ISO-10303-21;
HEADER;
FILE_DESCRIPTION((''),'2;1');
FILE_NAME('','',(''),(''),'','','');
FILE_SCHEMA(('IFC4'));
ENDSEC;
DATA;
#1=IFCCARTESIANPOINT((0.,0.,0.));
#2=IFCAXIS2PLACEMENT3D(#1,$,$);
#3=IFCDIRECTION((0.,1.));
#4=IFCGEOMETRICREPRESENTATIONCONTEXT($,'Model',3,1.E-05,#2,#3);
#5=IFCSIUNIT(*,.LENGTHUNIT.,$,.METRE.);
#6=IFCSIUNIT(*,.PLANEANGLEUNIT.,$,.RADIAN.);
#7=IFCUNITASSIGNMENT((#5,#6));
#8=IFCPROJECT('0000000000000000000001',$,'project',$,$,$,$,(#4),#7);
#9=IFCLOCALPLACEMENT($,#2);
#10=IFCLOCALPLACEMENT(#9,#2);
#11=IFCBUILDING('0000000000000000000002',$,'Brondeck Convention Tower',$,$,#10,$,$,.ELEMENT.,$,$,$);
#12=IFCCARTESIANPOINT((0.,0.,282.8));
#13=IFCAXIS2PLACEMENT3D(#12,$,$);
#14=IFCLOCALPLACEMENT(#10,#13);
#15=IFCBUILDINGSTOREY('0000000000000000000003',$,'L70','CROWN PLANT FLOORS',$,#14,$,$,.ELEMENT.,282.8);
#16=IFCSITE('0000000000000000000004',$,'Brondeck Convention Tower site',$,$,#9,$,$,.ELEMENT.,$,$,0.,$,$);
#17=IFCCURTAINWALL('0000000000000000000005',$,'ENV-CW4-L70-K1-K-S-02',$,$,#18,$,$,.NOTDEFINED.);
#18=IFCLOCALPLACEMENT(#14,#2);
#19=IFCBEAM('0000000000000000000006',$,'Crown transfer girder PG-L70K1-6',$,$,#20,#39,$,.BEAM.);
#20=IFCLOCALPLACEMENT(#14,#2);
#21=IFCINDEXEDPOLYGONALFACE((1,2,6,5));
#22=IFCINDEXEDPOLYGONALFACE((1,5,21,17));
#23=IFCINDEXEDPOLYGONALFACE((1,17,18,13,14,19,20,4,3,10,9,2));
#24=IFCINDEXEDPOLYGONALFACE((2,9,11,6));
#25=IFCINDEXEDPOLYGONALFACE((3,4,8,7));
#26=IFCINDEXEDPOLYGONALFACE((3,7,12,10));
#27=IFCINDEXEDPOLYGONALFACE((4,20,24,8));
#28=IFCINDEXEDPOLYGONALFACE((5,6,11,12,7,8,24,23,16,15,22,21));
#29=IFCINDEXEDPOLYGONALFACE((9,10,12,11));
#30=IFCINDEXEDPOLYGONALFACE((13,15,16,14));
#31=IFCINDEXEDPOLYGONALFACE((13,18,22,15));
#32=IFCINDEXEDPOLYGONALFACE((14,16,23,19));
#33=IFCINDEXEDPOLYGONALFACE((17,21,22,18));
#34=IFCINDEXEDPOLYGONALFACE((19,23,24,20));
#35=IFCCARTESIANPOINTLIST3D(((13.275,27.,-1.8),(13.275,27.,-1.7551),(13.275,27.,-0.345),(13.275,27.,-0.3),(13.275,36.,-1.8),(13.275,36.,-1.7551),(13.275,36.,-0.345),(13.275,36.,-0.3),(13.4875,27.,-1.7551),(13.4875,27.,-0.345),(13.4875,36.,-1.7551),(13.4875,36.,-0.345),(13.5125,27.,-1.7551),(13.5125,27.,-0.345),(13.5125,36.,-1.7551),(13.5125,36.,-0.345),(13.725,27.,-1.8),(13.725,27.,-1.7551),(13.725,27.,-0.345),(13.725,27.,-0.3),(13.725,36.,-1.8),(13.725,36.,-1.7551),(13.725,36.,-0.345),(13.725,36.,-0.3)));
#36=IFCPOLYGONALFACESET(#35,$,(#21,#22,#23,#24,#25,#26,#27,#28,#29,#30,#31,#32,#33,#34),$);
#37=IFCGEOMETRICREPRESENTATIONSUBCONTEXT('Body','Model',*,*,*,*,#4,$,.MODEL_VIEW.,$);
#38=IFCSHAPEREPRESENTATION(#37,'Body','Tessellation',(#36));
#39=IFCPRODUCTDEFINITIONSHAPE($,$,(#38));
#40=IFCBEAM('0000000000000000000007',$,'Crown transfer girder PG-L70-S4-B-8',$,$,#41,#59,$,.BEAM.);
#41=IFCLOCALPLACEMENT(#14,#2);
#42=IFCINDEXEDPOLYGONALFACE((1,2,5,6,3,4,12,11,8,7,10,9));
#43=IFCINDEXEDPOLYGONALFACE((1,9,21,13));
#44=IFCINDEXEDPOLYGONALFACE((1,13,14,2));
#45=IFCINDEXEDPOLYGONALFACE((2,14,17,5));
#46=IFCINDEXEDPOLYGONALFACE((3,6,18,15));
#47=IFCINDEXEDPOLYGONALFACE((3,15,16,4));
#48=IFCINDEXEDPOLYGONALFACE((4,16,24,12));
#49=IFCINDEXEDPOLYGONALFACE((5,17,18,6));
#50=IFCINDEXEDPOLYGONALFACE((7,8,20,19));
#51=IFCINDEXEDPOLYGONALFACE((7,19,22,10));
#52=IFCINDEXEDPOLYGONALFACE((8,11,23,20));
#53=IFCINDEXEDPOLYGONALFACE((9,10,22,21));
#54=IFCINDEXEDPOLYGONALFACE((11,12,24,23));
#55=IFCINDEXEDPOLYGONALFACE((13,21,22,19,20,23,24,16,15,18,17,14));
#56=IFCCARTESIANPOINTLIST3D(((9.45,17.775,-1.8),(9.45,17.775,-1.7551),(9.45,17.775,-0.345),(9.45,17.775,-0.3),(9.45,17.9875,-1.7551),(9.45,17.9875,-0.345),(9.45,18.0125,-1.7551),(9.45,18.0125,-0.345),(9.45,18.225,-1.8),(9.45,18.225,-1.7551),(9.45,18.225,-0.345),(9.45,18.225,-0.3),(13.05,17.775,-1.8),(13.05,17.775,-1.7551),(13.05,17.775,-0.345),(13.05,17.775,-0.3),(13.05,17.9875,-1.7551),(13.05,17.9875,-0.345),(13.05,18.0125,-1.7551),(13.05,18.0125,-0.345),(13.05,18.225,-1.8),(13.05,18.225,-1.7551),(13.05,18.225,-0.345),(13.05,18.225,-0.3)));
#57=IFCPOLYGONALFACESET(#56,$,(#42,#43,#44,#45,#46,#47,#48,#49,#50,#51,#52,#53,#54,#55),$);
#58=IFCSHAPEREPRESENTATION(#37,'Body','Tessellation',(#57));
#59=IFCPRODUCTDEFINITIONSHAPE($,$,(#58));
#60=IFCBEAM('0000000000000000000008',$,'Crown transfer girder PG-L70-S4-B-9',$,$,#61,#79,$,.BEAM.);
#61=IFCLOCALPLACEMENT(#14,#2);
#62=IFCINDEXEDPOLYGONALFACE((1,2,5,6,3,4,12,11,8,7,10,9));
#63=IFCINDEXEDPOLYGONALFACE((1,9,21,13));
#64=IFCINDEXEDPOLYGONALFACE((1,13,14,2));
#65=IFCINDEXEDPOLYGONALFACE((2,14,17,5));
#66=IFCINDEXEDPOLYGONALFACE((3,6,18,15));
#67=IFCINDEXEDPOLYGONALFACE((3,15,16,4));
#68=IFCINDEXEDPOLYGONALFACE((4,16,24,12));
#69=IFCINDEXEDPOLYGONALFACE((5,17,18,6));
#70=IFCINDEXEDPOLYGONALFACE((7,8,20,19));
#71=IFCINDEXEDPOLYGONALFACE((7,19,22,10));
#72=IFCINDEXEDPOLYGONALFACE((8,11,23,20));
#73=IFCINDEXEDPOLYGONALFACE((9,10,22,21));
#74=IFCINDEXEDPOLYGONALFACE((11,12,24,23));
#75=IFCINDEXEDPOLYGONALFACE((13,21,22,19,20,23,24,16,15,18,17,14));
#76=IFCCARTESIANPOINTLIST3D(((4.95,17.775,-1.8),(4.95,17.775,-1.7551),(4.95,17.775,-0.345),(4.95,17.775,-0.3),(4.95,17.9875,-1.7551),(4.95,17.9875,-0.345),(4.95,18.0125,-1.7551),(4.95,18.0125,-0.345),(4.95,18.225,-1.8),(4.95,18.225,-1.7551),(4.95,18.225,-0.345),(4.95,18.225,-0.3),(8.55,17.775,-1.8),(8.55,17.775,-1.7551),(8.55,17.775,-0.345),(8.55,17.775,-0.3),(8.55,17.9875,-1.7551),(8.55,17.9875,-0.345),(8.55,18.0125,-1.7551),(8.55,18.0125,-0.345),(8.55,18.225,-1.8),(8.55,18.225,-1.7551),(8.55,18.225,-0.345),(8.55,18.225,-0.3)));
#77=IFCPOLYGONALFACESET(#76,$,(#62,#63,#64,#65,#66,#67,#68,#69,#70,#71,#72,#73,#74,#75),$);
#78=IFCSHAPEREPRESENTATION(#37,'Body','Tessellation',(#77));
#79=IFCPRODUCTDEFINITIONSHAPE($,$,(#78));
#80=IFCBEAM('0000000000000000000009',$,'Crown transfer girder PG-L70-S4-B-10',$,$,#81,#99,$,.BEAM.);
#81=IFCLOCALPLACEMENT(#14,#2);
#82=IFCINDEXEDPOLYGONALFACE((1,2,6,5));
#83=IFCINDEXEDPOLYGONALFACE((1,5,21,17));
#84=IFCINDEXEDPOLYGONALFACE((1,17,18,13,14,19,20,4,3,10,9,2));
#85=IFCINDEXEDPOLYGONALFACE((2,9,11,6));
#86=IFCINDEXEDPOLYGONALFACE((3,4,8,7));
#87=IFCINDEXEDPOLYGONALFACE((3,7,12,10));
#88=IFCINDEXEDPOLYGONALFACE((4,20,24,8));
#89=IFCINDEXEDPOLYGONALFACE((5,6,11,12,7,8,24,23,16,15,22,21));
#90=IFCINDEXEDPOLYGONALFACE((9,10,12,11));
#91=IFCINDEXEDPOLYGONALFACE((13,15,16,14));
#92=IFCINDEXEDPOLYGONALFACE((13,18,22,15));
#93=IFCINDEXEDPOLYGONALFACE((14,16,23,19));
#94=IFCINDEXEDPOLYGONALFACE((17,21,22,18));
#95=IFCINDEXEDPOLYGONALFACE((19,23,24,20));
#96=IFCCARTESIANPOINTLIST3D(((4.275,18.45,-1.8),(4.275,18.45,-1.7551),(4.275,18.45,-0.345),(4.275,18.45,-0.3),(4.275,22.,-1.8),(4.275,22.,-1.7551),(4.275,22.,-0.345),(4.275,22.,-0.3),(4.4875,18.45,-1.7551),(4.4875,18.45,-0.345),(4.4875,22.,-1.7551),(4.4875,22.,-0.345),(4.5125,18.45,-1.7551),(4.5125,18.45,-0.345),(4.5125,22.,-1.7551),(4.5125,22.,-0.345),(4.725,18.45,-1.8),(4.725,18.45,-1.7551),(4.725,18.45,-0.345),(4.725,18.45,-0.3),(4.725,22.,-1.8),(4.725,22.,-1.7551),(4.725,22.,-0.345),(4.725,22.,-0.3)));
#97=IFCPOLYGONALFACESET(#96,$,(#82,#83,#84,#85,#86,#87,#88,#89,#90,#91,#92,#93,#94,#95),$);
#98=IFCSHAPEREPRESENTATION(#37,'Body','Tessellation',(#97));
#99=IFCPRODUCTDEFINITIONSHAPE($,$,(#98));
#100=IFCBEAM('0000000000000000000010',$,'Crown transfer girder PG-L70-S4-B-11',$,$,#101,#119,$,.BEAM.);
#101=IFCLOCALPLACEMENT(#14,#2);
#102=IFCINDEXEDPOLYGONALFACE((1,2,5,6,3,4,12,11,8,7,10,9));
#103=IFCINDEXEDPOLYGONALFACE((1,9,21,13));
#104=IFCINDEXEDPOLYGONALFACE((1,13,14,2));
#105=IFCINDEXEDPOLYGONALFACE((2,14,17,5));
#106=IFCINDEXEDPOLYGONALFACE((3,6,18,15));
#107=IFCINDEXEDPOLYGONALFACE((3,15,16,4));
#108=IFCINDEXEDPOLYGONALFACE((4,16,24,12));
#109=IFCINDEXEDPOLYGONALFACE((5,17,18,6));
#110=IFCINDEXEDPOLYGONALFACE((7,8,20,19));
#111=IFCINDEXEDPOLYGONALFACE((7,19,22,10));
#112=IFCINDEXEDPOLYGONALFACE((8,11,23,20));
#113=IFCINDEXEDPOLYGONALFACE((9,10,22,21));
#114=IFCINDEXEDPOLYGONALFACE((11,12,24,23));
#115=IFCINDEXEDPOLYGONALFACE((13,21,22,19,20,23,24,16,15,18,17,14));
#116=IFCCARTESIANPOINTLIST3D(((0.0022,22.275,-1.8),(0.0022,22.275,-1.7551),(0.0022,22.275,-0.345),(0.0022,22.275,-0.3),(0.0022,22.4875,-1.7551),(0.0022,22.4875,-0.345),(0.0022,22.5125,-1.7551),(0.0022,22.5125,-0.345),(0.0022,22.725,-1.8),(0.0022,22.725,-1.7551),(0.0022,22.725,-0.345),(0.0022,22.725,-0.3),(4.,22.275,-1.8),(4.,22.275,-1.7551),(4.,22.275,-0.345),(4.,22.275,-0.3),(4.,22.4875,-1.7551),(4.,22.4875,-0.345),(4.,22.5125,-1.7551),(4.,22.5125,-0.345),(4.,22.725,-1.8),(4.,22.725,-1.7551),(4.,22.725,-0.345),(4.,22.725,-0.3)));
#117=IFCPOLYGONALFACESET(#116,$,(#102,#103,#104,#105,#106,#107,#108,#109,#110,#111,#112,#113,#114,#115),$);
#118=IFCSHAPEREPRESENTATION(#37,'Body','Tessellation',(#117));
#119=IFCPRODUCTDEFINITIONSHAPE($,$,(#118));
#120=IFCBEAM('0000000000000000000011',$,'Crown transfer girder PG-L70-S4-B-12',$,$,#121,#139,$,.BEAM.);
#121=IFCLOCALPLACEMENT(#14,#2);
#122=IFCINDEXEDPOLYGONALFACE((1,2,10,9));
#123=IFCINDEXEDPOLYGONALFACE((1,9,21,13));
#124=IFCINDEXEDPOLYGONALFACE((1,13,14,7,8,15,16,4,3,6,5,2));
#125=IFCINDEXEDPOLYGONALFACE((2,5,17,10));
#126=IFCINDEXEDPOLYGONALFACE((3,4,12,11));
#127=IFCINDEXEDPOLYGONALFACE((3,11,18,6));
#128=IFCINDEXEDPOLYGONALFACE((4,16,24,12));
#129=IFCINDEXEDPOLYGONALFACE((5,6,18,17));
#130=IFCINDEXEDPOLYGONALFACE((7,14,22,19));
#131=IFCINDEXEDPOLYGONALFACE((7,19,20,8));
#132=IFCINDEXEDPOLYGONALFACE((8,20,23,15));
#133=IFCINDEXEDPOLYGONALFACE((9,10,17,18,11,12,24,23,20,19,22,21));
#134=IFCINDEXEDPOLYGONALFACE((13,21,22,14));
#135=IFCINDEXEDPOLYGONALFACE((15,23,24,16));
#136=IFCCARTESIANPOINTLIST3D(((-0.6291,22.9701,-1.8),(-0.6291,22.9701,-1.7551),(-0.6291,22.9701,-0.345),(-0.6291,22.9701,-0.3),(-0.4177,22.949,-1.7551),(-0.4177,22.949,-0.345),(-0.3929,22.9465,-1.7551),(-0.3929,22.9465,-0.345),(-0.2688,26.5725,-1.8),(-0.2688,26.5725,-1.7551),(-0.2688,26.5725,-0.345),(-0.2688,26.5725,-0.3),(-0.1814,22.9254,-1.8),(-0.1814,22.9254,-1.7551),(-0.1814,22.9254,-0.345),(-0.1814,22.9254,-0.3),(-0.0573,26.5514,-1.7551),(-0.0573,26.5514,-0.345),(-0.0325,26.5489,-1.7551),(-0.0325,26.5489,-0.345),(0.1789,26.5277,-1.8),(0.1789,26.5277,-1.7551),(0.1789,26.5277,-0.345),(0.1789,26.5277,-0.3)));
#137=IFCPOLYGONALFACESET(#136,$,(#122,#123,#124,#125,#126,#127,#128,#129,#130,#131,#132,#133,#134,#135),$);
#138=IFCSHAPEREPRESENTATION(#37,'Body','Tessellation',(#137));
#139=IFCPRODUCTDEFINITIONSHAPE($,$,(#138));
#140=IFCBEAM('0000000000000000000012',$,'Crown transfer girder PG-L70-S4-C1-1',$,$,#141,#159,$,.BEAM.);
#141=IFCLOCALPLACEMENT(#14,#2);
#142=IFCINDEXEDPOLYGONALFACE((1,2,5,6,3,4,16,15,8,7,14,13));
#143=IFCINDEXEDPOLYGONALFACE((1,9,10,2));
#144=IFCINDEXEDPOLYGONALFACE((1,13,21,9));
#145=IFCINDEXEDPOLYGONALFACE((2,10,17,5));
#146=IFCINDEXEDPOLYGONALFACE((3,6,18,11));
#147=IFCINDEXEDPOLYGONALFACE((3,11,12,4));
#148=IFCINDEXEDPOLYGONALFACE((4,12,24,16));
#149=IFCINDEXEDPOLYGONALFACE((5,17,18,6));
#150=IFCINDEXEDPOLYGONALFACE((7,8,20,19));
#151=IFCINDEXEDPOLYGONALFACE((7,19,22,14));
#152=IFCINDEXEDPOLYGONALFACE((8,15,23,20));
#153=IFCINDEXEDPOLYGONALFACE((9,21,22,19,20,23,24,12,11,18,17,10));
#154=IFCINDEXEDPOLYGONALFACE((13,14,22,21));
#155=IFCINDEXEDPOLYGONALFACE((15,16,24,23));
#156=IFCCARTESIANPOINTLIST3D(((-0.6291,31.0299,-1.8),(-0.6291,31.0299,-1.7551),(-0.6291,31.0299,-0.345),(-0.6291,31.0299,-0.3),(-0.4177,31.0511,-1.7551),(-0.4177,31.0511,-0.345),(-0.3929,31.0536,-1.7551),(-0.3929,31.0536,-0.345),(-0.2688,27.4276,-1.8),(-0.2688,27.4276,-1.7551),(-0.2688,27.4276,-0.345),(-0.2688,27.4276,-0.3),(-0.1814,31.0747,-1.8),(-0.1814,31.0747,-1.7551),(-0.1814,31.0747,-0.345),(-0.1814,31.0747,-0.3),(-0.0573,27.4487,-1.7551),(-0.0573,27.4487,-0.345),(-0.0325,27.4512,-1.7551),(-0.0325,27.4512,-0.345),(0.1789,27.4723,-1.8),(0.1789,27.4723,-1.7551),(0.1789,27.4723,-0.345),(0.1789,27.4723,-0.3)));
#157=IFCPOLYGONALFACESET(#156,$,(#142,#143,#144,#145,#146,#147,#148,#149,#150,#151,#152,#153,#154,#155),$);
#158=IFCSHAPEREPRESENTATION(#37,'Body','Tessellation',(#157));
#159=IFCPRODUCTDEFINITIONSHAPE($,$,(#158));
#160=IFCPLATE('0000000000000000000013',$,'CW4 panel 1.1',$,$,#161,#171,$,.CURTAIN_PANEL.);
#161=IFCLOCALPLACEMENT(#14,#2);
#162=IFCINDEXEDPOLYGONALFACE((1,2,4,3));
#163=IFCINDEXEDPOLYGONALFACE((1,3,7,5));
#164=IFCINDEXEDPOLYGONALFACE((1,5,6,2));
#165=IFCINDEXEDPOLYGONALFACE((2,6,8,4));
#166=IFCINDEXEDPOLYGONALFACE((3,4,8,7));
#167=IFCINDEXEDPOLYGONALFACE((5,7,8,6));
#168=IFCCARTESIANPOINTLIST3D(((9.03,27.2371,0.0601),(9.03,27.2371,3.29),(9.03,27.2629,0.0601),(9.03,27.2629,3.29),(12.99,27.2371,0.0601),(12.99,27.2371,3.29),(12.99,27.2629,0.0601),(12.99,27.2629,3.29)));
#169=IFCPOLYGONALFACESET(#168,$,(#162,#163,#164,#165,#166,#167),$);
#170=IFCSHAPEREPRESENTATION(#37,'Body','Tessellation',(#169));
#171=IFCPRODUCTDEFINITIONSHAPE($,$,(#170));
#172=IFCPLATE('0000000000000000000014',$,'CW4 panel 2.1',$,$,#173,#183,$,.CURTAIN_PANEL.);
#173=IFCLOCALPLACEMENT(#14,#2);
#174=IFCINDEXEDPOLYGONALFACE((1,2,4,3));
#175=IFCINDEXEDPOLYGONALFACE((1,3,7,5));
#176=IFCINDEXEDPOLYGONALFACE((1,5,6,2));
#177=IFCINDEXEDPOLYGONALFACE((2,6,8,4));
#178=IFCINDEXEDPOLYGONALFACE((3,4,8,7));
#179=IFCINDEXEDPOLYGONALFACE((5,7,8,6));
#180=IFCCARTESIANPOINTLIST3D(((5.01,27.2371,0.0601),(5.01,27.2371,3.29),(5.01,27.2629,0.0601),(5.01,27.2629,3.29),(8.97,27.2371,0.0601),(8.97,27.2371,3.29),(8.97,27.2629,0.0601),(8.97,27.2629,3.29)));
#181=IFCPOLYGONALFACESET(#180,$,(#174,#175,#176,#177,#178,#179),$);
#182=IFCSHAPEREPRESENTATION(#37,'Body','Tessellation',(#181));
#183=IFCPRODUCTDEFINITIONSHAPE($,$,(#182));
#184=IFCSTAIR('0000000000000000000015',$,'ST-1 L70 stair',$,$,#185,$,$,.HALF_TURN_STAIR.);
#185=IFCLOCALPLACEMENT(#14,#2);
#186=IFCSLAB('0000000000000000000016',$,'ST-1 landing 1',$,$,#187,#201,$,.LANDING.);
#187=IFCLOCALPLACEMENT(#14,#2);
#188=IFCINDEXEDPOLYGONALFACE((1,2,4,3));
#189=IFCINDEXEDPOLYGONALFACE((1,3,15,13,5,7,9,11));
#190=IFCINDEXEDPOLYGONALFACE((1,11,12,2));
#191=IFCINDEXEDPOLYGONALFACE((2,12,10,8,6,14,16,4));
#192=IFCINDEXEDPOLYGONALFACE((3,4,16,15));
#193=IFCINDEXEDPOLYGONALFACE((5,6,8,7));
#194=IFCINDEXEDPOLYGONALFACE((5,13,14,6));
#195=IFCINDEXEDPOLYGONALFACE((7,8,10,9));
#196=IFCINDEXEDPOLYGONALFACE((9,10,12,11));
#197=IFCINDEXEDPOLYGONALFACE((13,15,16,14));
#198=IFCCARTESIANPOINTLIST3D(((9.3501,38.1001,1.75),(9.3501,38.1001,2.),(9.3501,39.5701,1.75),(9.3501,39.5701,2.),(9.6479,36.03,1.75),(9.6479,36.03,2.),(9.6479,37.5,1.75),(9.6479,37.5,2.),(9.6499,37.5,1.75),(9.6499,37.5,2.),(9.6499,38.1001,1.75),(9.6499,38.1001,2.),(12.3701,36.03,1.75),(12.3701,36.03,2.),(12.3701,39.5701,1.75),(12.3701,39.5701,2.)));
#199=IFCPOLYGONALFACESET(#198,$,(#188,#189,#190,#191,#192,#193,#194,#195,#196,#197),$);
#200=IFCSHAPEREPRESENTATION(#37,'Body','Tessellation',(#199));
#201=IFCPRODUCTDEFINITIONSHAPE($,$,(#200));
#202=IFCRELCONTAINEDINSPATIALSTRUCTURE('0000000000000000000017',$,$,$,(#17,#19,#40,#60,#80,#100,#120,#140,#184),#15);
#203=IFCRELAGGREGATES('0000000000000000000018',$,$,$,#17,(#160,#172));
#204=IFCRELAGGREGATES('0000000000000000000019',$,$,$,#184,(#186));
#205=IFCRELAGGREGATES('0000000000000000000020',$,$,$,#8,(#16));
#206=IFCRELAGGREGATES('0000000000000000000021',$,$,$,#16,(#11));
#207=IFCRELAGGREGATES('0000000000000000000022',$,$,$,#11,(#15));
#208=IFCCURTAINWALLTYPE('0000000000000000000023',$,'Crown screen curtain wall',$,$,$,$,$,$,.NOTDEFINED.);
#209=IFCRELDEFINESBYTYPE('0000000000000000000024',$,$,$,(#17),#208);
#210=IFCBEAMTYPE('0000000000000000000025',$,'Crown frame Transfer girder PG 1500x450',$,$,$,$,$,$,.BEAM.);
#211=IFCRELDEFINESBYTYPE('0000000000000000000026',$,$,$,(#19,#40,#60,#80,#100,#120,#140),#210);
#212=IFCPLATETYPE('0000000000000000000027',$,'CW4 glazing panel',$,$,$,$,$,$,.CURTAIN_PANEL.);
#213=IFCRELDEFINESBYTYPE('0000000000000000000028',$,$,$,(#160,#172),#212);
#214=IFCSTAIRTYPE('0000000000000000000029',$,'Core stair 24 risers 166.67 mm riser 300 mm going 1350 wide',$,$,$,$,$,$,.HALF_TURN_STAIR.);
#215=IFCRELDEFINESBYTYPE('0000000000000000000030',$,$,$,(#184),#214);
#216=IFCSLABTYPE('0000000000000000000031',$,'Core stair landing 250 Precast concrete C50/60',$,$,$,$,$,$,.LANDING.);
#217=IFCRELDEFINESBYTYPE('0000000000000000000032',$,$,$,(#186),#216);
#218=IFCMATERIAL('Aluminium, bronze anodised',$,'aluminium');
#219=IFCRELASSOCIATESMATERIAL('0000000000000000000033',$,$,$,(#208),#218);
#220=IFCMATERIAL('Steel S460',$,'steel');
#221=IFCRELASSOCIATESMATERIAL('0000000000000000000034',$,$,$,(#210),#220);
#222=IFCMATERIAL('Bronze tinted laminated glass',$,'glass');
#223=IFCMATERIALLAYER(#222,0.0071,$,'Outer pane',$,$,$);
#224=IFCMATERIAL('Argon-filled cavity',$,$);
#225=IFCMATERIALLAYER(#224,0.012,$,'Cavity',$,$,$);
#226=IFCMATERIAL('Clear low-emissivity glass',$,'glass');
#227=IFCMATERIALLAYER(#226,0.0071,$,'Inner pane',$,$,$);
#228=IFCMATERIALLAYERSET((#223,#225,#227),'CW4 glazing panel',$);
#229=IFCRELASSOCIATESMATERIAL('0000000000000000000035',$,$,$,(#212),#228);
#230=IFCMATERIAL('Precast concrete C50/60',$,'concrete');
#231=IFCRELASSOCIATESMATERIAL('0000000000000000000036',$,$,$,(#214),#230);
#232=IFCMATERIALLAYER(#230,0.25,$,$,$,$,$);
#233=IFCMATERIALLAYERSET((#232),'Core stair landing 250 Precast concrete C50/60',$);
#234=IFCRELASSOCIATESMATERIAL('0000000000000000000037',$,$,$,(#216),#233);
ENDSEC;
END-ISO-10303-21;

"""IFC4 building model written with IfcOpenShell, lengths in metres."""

from ifc_helpers import new_model, si_unit, direction, frame, origin, origin_2d, place, context, subcontext, project, spatial, polyline, rectangle, i_section, outline, extrude, material, layer, layer_set, material_profile, profile_set, type_object, element, aggregate, save


model = new_model("IFC4")

# Units and contexts
model_context = context("Model", 3, precision=1e-05, world=origin(), true_north=direction((0.0, 1.0)))
body_context = subcontext(model_context, "Body", "Model", "MODEL_VIEW")
ifc_project = project(units=[si_unit("LENGTHUNIT", "METRE"), si_unit("PLANEANGLEUNIT", "RADIAN")], contexts=[model_context])

# Site, building, storey
site_placement = place(None, origin())
site = spatial("IfcSite", under=ifc_project, at=site_placement, Name="Brondeck Convention Tower site", CompositionType="ELEMENT", RefElevation=0.0)
building_placement = place(site_placement, origin())
building = spatial("IfcBuilding", under=site, at=building_placement, Name="Brondeck Convention Tower", CompositionType="ELEMENT")
storey_placement = place(building_placement, frame((0.0, 0.0, 282.8)))
storey = spatial("IfcBuildingStorey", under=building, at=storey_placement, Name="L70", Description="CROWN PLANT FLOORS", CompositionType="ELEMENT", Elevation=282.8)

# Curtain wall
ifc_material_1 = material(Name="Aluminium, bronze anodised", Category="aluminium")
curtain_wall_type = type_object("IfcCurtainWallType", Name="Crown screen curtain wall", PredefinedType="NOTDEFINED", material=ifc_material_1)
curtain_wall_1_placement = place(storey_placement, origin())
curtain_wall_1 = element("IfcCurtainWall", 1, at=curtain_wall_1_placement, inside=storey, type_object=curtain_wall_type, Name="ENV-CW4-L70-K1-K-S-02", PredefinedType="NOTDEFINED")

# Beams
ifc_material_2 = material(Name="Steel S460", Category="steel")
ifc_material_profile_1 = material_profile(ifc_material_2, i_section(OverallWidth=0.45, OverallDepth=1.5, WebThickness=0.0249, FlangeThickness=0.0449, at=origin_2d()), Name="PG 1500x450")
ifc_profile_set_1 = profile_set([ifc_material_profile_1], Name="Steel S460")
beam_type = type_object("IfcBeamType", Name="Crown frame Transfer girder PG 1500x450", PredefinedType="BEAM", material=ifc_profile_set_1)
beam_1_placement = place(storey_placement, frame((13.5, 27.0, -1.05), z_axis=(0.0, 1.0, 0.0), x_axis=(-1.0, 0.0, 0.0)))
element("IfcBeam", 2, at=beam_1_placement, inside=storey, type_object=beam_type, Name="Crown transfer girder PG-L70K1-6", PredefinedType="BEAM", context=body_context, shape_type="SweptSolid", body=[
    extrude(i_section(OverallWidth=0.45, OverallDepth=1.5, WebThickness=0.0249, FlangeThickness=0.0449, at=origin_2d()), origin(), (0.0, 0.0, 1.0), 9.0),
])
for number, where, z_axis, x_axis, name in (
    (3, (13.05, 18.0, -1.05), (-1.0, 0.0, 0.0), (0.0, -1.0, 0.0), "Crown transfer girder PG-L70-S4-B-8"),
    (4, (8.55, 18.0, -1.05), (-1.0, 0.0, 0.0), (0.0, -1.0, 0.0), "Crown transfer girder PG-L70-S4-B-9"),
):
    element("IfcBeam", number, at=place(storey_placement, frame(where, z_axis=z_axis, x_axis=x_axis)), inside=storey, type_object=beam_type, Name=name, PredefinedType="BEAM", context=body_context, shape_type="SweptSolid", body=[
        extrude(i_section(OverallWidth=0.45, OverallDepth=1.5, WebThickness=0.0249, FlangeThickness=0.0449, at=origin_2d()), origin(), (0.0, 0.0, 1.0), 3.6001),
    ])
beam_2_placement = place(storey_placement, frame((4.5, 18.45, -1.05), z_axis=(0.0, 1.0, 0.0), x_axis=(-1.0, 0.0, 0.0)))
element("IfcBeam", 5, at=beam_2_placement, inside=storey, type_object=beam_type, Name="Crown transfer girder PG-L70-S4-B-10", PredefinedType="BEAM", context=body_context, shape_type="SweptSolid", body=[
    extrude(i_section(OverallWidth=0.45, OverallDepth=1.5, WebThickness=0.0249, FlangeThickness=0.0449, at=origin_2d()), origin(), (0.0, 0.0, 1.0), 3.55),
])
beam_3_placement = place(storey_placement, frame((4.0, 22.5, -1.05), z_axis=(-1.0, 0.0, 0.0), x_axis=(0.0, -1.0, 0.0)))
element("IfcBeam", 6, at=beam_3_placement, inside=storey, type_object=beam_type, Name="Crown transfer girder PG-L70-S4-B-11", PredefinedType="BEAM", context=body_context, shape_type="SweptSolid", body=[
    extrude(i_section(OverallWidth=0.45, OverallDepth=1.5, WebThickness=0.0249, FlangeThickness=0.0449, at=origin_2d()), origin(), (0.0, 0.0, 1.0), 3.9978),
])
for number, where, z_axis, x_axis, name in (
    (7, (-0.4053, 22.9478, -1.05), (0.099537, 0.995034, 0.0), (-0.995034, 0.099537, 0.0), "Crown transfer girder PG-L70-S4-B-12"),
    (8, (-0.0449, 27.45, -1.05), (-0.099537, 0.995034, 0.0), (-0.995034, -0.099537, 0.0), "Crown transfer girder PG-L70-S4-C1-1"),
):
    element("IfcBeam", number, at=place(storey_placement, frame(where, z_axis=z_axis, x_axis=x_axis)), inside=storey, type_object=beam_type, Name=name, PredefinedType="BEAM", context=body_context, shape_type="SweptSolid", body=[
        extrude(i_section(OverallWidth=0.45, OverallDepth=1.5, WebThickness=0.0249, FlangeThickness=0.0449, at=origin_2d()), origin(), (0.0, 0.0, 1.0), 3.6204),
    ])

# Plates
ifc_material_3 = material(Name="Bronze tinted laminated glass", Category="glass")
ifc_layer_1 = layer(ifc_material_3, 0.0071, Name="Outer pane")
ifc_material_4 = material(Name="Argon-filled cavity")
ifc_layer_2 = layer(ifc_material_4, 0.012, Name="Cavity")
ifc_material_5 = material(Name="Clear low-emissivity glass", Category="glass")
ifc_layer_3 = layer(ifc_material_5, 0.0071, Name="Inner pane")
ifc_layer_set_1 = layer_set([ifc_layer_1, ifc_layer_2, ifc_layer_3], Name="CW4 glazing panel")
plate_type = type_object("IfcPlateType", Name="CW4 glazing panel", PredefinedType="CURTAIN_PANEL", material=ifc_layer_set_1)
plate_1_placement = place(storey_placement, frame((11.01, 27.25, 0.0601), z_axis=(0.0, 0.0, 1.0), x_axis=(-1.0, 0.0, 0.0)))
plate_1 = element("IfcPlate", 9, at=plate_1_placement, type_object=plate_type, Name="CW4 panel 1.1", PredefinedType="CURTAIN_PANEL", context=body_context, shape_type="SweptSolid", body=[
    extrude(rectangle(XDim=3.96, YDim=0.0259, at=origin_2d()), origin(), (0.0, 0.0, 1.0), 3.23),
])
plate_2_placement = place(storey_placement, frame((6.99, 27.25, 0.0601), z_axis=(0.0, 0.0, 1.0), x_axis=(-1.0, 0.0, 0.0)))
plate_2 = element("IfcPlate", 10, at=plate_2_placement, type_object=plate_type, Name="CW4 panel 2.1", PredefinedType="CURTAIN_PANEL", context=body_context, shape_type="SweptSolid", body=[
    extrude(rectangle(XDim=3.96, YDim=0.0259, at=origin_2d()), origin(), (0.0, 0.0, 1.0), 3.23),
])
aggregate(curtain_wall_1, [plate_1, plate_2])

# Stair, slab
ifc_material_6 = material(Name="Precast concrete C50/60", Category="concrete")
stair_type = type_object("IfcStairType", Name="Core stair 24 risers 166.67 mm riser 300 mm going 1350 wide", PredefinedType="HALF_TURN_STAIR", material=ifc_material_6)
stair_1_placement = place(storey_placement, origin())
stair_1 = element("IfcStair", 11, at=stair_1_placement, inside=storey, type_object=stair_type, Name="ST-1 L70 stair", PredefinedType="HALF_TURN_STAIR")
ifc_layer_4 = layer(ifc_material_6, 0.25)
ifc_layer_set_2 = layer_set([ifc_layer_4], Name="Core stair landing 250 Precast concrete C50/60")
slab_type_1 = type_object("IfcSlabType", Name="Core stair landing 250 Precast concrete C50/60", PredefinedType="LANDING", material=ifc_layer_set_2)
slab_1_placement = place(storey_placement, frame((0.0, 0.0, 1.75)))
slab_1 = element("IfcSlab", 12, at=slab_1_placement, type_object=slab_type_1, Name="ST-1 landing 1", PredefinedType="LANDING", context=body_context, shape_type="SweptSolid", body=[
    extrude(outline(polyline([(9.6479, 37.5), (9.6499, 37.5), (9.6499, 38.1001), (9.3501, 38.1001), (9.3501, 39.5701), (12.3701, 39.5701), (12.3701, 36.03), (9.6479, 36.03), (9.6479, 37.5)])), origin(), (0.0, 0.0, 1.0), 0.25),
])
aggregate(stair_1, [slab_1])

save(model, "model.ifc")
